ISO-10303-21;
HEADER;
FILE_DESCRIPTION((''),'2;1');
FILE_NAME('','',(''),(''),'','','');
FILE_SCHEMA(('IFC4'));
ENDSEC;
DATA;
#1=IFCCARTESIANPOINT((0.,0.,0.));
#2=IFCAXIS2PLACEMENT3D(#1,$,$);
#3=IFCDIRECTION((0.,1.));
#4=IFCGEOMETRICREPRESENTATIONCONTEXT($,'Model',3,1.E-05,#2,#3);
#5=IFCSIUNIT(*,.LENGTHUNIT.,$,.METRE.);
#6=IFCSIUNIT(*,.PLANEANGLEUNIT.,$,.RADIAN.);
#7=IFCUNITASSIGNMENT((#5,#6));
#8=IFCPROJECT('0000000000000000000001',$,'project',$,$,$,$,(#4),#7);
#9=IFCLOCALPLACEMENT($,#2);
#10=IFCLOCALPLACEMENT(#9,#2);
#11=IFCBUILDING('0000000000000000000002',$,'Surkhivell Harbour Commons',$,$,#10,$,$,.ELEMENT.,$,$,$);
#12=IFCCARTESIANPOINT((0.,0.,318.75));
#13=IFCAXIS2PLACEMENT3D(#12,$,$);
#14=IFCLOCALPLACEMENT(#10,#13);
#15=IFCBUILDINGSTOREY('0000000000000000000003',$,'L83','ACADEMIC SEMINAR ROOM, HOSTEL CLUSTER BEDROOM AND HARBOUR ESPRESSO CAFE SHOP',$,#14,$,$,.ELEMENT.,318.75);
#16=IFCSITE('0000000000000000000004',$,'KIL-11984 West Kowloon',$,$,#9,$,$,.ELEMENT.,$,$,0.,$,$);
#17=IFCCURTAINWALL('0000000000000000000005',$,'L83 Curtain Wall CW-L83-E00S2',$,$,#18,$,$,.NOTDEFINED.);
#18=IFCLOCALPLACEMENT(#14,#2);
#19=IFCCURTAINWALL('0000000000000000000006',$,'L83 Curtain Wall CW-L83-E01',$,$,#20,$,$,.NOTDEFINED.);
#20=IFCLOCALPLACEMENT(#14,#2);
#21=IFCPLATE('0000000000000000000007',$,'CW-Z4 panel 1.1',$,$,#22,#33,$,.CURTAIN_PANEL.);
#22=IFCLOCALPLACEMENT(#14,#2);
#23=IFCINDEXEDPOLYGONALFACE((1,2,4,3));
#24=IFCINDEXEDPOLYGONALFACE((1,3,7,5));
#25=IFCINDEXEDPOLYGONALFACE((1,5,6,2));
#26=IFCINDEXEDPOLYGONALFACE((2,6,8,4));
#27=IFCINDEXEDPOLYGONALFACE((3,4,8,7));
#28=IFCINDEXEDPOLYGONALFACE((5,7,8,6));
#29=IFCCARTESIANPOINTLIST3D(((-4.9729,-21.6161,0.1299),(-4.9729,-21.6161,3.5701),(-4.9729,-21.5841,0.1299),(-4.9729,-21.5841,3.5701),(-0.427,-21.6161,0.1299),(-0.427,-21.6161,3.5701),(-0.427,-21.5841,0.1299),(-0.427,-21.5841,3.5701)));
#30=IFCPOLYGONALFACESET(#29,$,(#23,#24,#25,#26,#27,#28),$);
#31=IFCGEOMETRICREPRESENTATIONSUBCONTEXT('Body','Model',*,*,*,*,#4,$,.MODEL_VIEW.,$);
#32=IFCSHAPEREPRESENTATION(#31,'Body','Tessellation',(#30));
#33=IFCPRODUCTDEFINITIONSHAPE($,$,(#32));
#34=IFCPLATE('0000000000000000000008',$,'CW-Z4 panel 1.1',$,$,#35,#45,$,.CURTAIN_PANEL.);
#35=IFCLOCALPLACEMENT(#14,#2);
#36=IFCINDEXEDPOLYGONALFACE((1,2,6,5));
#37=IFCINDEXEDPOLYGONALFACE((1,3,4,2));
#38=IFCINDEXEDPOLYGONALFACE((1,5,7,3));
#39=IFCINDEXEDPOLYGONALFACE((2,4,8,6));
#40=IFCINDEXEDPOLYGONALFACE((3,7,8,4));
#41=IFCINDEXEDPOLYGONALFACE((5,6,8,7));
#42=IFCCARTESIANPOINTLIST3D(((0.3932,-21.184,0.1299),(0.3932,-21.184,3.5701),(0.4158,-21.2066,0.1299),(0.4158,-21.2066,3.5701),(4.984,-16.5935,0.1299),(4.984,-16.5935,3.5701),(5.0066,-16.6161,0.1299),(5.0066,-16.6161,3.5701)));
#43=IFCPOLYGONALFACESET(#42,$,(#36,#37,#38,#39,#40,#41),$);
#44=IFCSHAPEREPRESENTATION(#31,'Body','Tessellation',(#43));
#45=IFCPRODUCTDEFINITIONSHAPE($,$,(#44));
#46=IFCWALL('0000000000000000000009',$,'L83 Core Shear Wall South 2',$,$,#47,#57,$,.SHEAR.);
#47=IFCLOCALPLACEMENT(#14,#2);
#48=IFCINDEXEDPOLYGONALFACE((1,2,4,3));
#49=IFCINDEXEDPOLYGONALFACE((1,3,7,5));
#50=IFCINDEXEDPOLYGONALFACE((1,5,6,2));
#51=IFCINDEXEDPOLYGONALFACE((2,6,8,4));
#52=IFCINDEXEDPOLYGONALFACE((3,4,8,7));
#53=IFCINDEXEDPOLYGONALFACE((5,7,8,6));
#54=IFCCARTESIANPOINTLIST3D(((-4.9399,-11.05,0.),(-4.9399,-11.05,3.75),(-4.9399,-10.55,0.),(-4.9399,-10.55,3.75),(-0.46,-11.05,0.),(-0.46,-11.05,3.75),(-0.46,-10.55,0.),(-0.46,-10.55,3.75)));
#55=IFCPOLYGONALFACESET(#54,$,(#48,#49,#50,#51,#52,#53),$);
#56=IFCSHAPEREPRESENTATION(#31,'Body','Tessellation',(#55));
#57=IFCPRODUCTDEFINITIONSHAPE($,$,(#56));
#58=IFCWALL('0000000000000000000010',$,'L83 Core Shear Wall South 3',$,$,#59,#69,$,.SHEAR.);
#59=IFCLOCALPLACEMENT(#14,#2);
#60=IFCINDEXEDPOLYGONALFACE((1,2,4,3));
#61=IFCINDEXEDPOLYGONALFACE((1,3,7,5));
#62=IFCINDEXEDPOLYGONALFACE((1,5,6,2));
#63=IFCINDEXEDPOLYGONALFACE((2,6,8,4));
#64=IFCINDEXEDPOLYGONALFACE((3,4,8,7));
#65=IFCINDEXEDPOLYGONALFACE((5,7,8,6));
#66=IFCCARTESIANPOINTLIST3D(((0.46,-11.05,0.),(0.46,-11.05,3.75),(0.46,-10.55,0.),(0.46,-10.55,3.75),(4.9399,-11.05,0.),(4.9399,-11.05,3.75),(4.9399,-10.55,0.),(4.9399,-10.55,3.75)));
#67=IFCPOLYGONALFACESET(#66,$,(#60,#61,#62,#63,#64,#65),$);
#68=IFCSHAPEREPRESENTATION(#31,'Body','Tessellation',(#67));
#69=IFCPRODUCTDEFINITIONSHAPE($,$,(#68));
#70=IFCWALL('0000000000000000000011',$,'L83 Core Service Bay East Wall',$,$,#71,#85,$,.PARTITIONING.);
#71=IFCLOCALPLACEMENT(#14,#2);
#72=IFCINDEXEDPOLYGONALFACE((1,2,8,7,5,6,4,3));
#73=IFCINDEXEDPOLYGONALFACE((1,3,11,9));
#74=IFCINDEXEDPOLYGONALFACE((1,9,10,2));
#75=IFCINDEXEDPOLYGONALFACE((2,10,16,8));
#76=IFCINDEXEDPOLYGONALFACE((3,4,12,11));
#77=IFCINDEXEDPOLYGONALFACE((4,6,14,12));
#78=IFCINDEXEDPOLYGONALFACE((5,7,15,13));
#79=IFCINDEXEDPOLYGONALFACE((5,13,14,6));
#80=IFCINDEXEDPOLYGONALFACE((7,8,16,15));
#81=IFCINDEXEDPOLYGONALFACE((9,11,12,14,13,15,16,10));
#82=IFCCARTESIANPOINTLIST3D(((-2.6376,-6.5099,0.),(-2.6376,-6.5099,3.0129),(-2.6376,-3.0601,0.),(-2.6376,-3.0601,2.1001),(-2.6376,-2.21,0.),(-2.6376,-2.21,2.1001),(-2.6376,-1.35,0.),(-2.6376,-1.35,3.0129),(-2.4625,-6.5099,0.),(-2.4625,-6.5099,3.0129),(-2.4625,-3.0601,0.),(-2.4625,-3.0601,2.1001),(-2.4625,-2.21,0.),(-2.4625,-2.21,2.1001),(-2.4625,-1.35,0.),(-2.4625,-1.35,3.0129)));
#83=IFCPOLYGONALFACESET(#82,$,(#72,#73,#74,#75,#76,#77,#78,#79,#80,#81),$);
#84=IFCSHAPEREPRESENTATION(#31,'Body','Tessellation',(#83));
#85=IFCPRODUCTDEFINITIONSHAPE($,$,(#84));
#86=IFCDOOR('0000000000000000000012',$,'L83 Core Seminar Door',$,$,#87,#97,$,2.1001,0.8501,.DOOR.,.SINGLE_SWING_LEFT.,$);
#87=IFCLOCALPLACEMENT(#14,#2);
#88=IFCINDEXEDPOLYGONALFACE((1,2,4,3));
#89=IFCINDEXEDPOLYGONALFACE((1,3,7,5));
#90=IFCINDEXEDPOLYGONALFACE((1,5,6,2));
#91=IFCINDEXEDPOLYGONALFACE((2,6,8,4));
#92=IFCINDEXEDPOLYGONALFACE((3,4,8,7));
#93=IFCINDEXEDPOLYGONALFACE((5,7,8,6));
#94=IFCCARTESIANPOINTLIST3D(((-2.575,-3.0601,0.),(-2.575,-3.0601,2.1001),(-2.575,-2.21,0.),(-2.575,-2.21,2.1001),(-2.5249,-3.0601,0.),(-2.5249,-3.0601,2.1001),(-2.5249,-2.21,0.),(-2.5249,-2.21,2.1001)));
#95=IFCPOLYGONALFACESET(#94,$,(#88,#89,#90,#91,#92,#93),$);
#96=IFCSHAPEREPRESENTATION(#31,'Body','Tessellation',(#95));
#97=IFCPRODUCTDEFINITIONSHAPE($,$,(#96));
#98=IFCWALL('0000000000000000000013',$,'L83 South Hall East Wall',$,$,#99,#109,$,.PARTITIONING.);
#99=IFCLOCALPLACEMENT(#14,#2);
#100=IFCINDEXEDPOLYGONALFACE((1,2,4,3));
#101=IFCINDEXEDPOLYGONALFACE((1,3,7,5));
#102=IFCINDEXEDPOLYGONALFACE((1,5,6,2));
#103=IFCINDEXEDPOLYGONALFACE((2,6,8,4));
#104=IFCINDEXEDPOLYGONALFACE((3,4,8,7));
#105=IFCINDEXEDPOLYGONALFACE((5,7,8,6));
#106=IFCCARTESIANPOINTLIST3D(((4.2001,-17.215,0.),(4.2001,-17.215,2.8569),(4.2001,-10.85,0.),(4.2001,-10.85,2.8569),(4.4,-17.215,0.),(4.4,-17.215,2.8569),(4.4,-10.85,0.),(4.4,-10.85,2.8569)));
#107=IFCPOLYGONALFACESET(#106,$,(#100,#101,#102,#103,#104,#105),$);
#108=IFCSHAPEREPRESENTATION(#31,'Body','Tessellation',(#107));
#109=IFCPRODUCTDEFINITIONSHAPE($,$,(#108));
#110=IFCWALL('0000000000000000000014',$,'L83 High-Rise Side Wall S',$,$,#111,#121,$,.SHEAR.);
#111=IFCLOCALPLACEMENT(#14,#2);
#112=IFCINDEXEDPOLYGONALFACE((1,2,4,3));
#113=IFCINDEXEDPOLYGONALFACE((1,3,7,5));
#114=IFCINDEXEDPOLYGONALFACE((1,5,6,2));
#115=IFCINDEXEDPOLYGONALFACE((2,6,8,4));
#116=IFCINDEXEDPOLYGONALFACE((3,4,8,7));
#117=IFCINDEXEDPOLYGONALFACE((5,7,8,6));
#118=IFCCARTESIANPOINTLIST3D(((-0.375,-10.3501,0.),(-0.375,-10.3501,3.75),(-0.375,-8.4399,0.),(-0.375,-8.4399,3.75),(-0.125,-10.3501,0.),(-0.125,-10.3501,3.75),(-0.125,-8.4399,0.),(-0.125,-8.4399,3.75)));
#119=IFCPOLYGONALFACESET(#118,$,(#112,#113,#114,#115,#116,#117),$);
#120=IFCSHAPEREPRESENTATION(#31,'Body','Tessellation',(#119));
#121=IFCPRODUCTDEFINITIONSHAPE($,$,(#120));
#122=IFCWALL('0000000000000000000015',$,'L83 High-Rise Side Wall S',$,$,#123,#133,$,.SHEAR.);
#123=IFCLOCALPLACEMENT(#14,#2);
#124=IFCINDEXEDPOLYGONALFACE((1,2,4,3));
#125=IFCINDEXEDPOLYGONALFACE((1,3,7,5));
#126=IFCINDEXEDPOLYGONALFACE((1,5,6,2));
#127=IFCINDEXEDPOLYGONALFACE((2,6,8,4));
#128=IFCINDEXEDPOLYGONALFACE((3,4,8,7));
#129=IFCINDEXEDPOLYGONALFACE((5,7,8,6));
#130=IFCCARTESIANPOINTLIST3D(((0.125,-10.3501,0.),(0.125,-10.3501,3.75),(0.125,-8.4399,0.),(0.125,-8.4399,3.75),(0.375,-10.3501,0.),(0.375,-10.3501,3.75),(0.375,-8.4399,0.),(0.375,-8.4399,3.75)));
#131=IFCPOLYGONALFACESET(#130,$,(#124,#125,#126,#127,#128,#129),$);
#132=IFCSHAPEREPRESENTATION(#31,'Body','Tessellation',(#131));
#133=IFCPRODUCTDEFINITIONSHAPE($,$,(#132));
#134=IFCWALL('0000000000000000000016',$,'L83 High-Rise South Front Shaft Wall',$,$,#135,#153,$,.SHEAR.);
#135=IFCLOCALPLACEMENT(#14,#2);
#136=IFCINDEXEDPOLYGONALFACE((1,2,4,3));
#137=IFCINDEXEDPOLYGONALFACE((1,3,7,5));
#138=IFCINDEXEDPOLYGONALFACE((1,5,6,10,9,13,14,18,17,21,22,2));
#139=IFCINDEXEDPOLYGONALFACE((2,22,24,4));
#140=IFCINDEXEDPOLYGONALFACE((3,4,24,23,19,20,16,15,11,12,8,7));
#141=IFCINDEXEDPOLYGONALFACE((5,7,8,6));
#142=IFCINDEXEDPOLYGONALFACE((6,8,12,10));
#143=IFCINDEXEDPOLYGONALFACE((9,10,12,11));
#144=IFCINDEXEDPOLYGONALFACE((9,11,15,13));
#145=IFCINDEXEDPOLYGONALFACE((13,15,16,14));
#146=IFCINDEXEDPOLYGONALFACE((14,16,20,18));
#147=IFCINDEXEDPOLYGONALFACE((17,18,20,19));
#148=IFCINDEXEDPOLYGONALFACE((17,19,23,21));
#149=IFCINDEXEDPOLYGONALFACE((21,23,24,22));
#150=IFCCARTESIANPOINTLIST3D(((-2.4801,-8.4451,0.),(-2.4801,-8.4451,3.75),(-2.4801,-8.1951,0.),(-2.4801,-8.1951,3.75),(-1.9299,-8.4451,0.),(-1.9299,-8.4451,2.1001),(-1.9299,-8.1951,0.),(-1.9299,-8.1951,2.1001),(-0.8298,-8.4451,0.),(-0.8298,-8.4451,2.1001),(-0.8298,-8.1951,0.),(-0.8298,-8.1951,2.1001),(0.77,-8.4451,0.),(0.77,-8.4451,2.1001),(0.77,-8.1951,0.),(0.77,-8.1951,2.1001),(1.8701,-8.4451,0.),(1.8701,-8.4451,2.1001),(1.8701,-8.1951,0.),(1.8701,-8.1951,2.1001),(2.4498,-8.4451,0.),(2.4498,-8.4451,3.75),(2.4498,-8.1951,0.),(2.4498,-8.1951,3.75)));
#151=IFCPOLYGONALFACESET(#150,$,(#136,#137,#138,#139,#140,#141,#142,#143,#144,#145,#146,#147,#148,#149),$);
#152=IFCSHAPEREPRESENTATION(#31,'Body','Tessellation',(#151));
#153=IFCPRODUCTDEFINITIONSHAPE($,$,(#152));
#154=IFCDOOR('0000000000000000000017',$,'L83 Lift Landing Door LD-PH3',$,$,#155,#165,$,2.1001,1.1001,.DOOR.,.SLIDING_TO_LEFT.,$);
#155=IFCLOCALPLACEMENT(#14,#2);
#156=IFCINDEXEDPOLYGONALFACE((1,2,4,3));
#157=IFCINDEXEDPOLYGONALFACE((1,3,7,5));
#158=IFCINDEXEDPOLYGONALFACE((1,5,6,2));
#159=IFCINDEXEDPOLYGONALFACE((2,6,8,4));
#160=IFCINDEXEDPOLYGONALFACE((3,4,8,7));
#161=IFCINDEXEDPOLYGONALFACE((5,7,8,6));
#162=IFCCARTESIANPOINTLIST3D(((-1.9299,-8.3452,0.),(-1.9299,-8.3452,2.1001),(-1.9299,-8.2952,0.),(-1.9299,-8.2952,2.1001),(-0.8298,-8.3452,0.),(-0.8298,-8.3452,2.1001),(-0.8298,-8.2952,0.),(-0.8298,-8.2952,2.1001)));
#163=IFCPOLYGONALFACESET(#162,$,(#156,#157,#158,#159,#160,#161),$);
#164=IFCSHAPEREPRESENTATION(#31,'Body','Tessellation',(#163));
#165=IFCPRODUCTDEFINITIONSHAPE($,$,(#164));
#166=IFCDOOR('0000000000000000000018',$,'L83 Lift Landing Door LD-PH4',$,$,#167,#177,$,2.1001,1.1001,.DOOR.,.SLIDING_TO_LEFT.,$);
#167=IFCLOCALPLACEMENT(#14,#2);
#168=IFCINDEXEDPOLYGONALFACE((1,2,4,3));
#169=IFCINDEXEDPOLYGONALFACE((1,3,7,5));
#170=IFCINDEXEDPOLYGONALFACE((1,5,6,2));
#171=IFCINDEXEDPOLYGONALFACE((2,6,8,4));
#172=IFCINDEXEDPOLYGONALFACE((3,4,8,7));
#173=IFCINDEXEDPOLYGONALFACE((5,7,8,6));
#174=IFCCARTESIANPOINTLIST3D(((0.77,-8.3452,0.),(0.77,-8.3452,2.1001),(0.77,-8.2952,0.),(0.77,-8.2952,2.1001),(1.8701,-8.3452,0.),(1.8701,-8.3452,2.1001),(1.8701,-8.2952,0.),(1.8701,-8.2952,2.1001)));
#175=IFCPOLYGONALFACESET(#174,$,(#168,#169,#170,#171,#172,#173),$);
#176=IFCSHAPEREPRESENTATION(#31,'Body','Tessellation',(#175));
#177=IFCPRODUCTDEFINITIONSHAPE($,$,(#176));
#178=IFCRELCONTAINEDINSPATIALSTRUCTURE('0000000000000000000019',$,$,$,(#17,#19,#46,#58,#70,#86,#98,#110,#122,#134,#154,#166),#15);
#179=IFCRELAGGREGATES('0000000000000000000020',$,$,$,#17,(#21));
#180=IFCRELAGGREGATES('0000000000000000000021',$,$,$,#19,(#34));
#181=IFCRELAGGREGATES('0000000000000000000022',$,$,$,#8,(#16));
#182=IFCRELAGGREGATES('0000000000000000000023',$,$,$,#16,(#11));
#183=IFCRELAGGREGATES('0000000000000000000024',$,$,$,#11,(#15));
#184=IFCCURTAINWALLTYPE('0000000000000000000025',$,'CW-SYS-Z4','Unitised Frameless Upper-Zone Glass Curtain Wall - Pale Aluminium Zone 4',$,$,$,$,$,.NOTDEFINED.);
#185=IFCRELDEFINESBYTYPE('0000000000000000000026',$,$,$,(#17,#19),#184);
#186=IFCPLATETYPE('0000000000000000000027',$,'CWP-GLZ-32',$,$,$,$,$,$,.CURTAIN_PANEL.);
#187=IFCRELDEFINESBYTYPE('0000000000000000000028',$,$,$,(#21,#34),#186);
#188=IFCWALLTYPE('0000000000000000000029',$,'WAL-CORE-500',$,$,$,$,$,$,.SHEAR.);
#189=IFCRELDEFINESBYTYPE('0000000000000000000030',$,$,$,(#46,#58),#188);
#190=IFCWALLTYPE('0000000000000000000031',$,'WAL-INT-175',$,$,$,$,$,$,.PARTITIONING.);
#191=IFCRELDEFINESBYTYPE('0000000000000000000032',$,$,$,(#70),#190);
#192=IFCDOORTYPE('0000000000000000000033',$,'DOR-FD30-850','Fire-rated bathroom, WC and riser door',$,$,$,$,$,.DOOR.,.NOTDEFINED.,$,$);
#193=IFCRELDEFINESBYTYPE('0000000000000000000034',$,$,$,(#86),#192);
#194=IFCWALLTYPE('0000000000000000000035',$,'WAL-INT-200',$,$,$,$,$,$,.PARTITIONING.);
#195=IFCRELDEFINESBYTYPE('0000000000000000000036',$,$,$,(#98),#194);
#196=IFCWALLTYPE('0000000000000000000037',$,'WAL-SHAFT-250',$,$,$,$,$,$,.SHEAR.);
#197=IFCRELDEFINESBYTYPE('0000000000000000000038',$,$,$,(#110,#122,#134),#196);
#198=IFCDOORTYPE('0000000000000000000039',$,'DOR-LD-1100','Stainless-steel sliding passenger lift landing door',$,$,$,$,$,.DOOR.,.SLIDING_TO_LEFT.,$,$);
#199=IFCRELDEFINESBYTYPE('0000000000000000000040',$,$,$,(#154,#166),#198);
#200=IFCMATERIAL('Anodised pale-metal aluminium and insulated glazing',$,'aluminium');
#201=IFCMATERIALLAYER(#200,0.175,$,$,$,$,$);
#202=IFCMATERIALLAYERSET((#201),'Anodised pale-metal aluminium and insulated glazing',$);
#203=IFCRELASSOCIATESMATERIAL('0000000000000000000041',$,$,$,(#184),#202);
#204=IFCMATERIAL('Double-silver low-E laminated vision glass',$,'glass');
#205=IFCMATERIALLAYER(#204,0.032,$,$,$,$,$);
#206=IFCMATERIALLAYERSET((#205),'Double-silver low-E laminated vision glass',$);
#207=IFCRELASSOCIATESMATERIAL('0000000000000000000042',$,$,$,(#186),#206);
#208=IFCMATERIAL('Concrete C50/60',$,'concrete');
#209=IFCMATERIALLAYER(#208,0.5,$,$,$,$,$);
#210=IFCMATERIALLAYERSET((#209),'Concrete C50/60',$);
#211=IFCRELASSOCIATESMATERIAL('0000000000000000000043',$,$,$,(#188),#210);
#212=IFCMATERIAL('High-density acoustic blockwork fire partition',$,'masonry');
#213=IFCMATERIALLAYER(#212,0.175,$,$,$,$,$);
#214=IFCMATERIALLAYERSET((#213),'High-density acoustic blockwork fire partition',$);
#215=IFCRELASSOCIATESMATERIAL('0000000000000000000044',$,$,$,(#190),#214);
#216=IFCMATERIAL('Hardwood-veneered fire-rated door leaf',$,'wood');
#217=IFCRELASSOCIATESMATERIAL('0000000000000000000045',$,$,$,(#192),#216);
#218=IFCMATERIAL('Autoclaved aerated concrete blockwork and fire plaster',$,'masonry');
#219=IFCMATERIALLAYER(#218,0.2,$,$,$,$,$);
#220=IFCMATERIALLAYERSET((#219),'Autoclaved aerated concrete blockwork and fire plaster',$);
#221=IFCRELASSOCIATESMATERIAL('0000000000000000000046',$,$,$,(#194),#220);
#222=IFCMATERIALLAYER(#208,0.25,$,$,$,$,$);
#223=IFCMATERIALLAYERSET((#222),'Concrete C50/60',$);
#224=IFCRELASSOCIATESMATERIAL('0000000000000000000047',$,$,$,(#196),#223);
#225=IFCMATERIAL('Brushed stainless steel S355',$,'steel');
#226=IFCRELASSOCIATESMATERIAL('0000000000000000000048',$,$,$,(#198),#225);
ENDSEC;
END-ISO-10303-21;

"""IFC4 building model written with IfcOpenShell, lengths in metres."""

from ifc_helpers import new_model, si_unit, direction, frame, frame_2d, origin, place, context, subcontext, project, spatial, rectangle, extrude, material, layer, layer_set, type_object, element, fill, aggregate, save


model = new_model("IFC4")

# Units and contexts
model_context = context("Model", 3, precision=1e-05, world=origin(), true_north=direction((0.0, 1.0)))
body_context = subcontext(model_context, "Body", "Model", "MODEL_VIEW")
ifc_project = project(units=[si_unit("LENGTHUNIT", "METRE"), si_unit("PLANEANGLEUNIT", "RADIAN")], contexts=[model_context])

# Site, building, storey
site_placement = place(None, origin())
site = spatial("IfcSite", under=ifc_project, at=site_placement, Name="KIL-11984 West Kowloon", CompositionType="ELEMENT", RefElevation=0.0)
building_placement = place(site_placement, origin())
building = spatial("IfcBuilding", under=site, at=building_placement, Name="Surkhivell Harbour Commons", CompositionType="ELEMENT")
storey_placement = place(building_placement, frame((0.0, 0.0, 318.75)))
storey = spatial("IfcBuildingStorey", under=building, at=storey_placement, Name="L83", Description="ACADEMIC SEMINAR ROOM, HOSTEL CLUSTER BEDROOM AND HARBOUR ESPRESSO CAFE SHOP", CompositionType="ELEMENT", Elevation=318.75)

# Shared definitions
ifc_material_1 = material(Name="Concrete C50/60", Category="concrete")

# Curtain wall
ifc_material_2 = material(Name="Anodised pale-metal aluminium and insulated glazing", Category="aluminium")
ifc_layer_1 = layer(ifc_material_2, 0.175)
ifc_layer_set_1 = layer_set([ifc_layer_1], Name="Anodised pale-metal aluminium and insulated glazing")
curtain_wall_type = type_object("IfcCurtainWallType", Name="CW-SYS-Z4", Description="Unitised Frameless Upper-Zone Glass Curtain Wall - Pale Aluminium Zone 4", PredefinedType="NOTDEFINED", material=ifc_layer_set_1)
curtain_wall_1_placement = place(storey_placement, origin())
curtain_wall_1 = element("IfcCurtainWall", 1, at=curtain_wall_1_placement, inside=storey, type_object=curtain_wall_type, Name="L83 Curtain Wall CW-L83-E00S2", PredefinedType="NOTDEFINED")

# Curtain wall
curtain_wall_2_placement = place(storey_placement, origin())
curtain_wall_2 = element("IfcCurtainWall", 2, at=curtain_wall_2_placement, inside=storey, type_object=curtain_wall_type, Name="L83 Curtain Wall CW-L83-E01", PredefinedType="NOTDEFINED")

# Plates
ifc_material_3 = material(Name="Double-silver low-E laminated vision glass", Category="glass")
ifc_layer_2 = layer(ifc_material_3, 0.032)
ifc_layer_set_2 = layer_set([ifc_layer_2], Name="Double-silver low-E laminated vision glass")
plate_type = type_object("IfcPlateType", Name="CWP-GLZ-32", PredefinedType="CURTAIN_PANEL", material=ifc_layer_set_2)
plate_1_placement = place(storey_placement, frame((-4.9729, -21.6001, 0.1299), z_axis=(0.0, 0.0, 1.0), x_axis=(1.0, 0.0, 0.0)))
plate_1 = element("IfcPlate", 3, at=plate_1_placement, type_object=plate_type, Name="CW-Z4 panel 1.1", PredefinedType="CURTAIN_PANEL", context=body_context, shape_type="SweptSolid", body=[
    extrude(rectangle(XDim=4.5459, YDim=0.032, at=frame_2d((2.2729, 0.0))), origin(), (0.0, 0.0, 1.0), 3.4402),
])
aggregate(curtain_wall_1, [plate_1])
plate_2_placement = place(storey_placement, frame((0.4045, -21.1953, 0.1299), z_axis=(0.0, 0.0, 1.0), x_axis=(0.707126, 0.707088, 0.0)))
plate_2 = element("IfcPlate", 4, at=plate_2_placement, type_object=plate_type, Name="CW-Z4 panel 1.1", PredefinedType="CURTAIN_PANEL", context=body_context, shape_type="SweptSolid", body=[
    extrude(rectangle(XDim=6.4922, YDim=0.032, at=frame_2d((3.2461, 0.0))), origin(), (0.0, 0.0, 1.0), 3.4402),
])
aggregate(curtain_wall_2, [plate_2])

# Walls
ifc_layer_3 = layer(ifc_material_1, 0.5)
ifc_layer_set_3 = layer_set([ifc_layer_3], Name="Concrete C50/60")
wall_type_1 = type_object("IfcWallType", Name="WAL-CORE-500", PredefinedType="SHEAR", material=ifc_layer_set_3)
for number, where, z_axis, x_axis, name in (
    (5, (-4.9399, -10.8, 0.0), (0.0, 0.0, 1.0), (1.0, 0.0, 0.0), "L83 Core Shear Wall South 2"),
    (6, (0.46, -10.8, 0.0), (0.0, 0.0, 1.0), (1.0, 0.0, 0.0), "L83 Core Shear Wall South 3"),
):
    element("IfcWall", number, at=place(storey_placement, frame(where, z_axis=z_axis, x_axis=x_axis)), inside=storey, type_object=wall_type_1, Name=name, PredefinedType="SHEAR", context=body_context, shape_type="SweptSolid", body=[
        extrude(rectangle(XDim=4.48, YDim=0.5, at=frame_2d((2.24, 0.0))), origin(), (0.0, 0.0, 1.0), 3.75),
    ])

# Wall, opening, door
ifc_material_4 = material(Name="High-density acoustic blockwork fire partition", Category="masonry")
ifc_layer_4 = layer(ifc_material_4, 0.175)
ifc_layer_set_4 = layer_set([ifc_layer_4], Name="High-density acoustic blockwork fire partition")
wall_type_2 = type_object("IfcWallType", Name="WAL-INT-175", PredefinedType="PARTITIONING", material=ifc_layer_set_4)
wall_1_placement = place(storey_placement, frame((-2.55, -6.51, 0.0), z_axis=(0.0, 0.0, 1.0), x_axis=(0.0, 1.0, 0.0)))
wall_1 = element("IfcWall", 7, at=wall_1_placement, inside=storey, type_object=wall_type_2, Name="L83 Core Service Bay East Wall", PredefinedType="PARTITIONING", context=body_context, shape_type="SweptSolid", body=[
    extrude(rectangle(XDim=5.1599, YDim=0.175, at=frame_2d((2.5801, 0.0))), origin(), (0.0, 0.0, 1.0), 3.0129),
])
opening_1_placement = place(wall_1_placement, frame((3.45, 0.0, 0.0)))
opening_1 = element("IfcOpeningElement", 8, at=opening_1_placement, cuts=wall_1, PredefinedType="OPENING", context=body_context, shape_type="SweptSolid", body=[
    extrude(rectangle(XDim=0.8501, YDim=2.1001, at=frame_2d((0.425, 1.05))), frame((0.0, 0.0974, 0.0), z_axis=(0.0, -1.0, 0.0), x_axis=(1.0, 0.0, 0.0)), (0.0, 0.0, 1.0), 0.1951),
])
ifc_material_5 = material(Name="Hardwood-veneered fire-rated door leaf", Category="wood")
door_type_1 = type_object("IfcDoorType", Name="DOR-FD30-850", Description="Fire-rated bathroom, WC and riser door", OperationType="NOTDEFINED", PredefinedType="DOOR", material=ifc_material_5)
door_1_placement = place(opening_1_placement, origin())
door_1 = element("IfcDoor", 9, at=door_1_placement, inside=storey, type_object=door_type_1, Name="L83 Core Seminar Door", OperationType="SINGLE_SWING_LEFT", OverallHeight=2.1001, OverallWidth=0.8501, PredefinedType="DOOR", context=body_context, shape_type="SweptSolid", body=[
    extrude(rectangle(XDim=0.8501, YDim=2.1001, at=frame_2d((0.425, 1.05))), frame((0.0, 0.0249, 0.0), z_axis=(0.0, -1.0, 0.0), x_axis=(1.0, 0.0, 0.0)), (0.0, 0.0, 1.0), 0.05),
])
fill(opening_1, door_1)

# Walls
ifc_material_6 = material(Name="Autoclaved aerated concrete blockwork and fire plaster", Category="masonry")
ifc_layer_5 = layer(ifc_material_6, 0.2)
ifc_layer_set_5 = layer_set([ifc_layer_5], Name="Autoclaved aerated concrete blockwork and fire plaster")
wall_type_3 = type_object("IfcWallType", Name="WAL-INT-200", PredefinedType="PARTITIONING", material=ifc_layer_set_5)
wall_2_placement = place(storey_placement, frame((4.3, -17.2151, 0.0), z_axis=(0.0, 0.0, 1.0), x_axis=(0.0, 1.0, 0.0)))
element("IfcWall", 10, at=wall_2_placement, inside=storey, type_object=wall_type_3, Name="L83 South Hall East Wall", PredefinedType="PARTITIONING", context=body_context, shape_type="SweptSolid", body=[
    extrude(rectangle(XDim=6.365, YDim=0.2, at=frame_2d((3.1826, 0.0))), origin(), (0.0, 0.0, 1.0), 2.8569),
])
ifc_layer_6 = layer(ifc_material_1, 0.25)
ifc_layer_set_6 = layer_set([ifc_layer_6], Name="Concrete C50/60")
wall_type_4 = type_object("IfcWallType", Name="WAL-SHAFT-250", PredefinedType="SHEAR", material=ifc_layer_set_6)
for number, where, z_axis, x_axis, name in (
    (11, (-0.25, -10.3501, 0.0), (0.0, 0.0, 1.0), (0.0, 1.0, 0.0), "L83 High-Rise Side Wall S"),
    (12, (0.25, -10.3501, 0.0), (0.0, 0.0, 1.0), (0.0, 1.0, 0.0), "L83 High-Rise Side Wall S"),
):
    element("IfcWall", number, at=place(storey_placement, frame(where, z_axis=z_axis, x_axis=x_axis)), inside=storey, type_object=wall_type_4, Name=name, PredefinedType="SHEAR", context=body_context, shape_type="SweptSolid", body=[
        extrude(rectangle(XDim=1.9102, YDim=0.25, at=frame_2d((0.9551, 0.0))), origin(), (0.0, 0.0, 1.0), 3.75),
    ])

# Wall, openings, doors
wall_3_placement = place(storey_placement, frame((-2.48, -8.3201, 0.0), z_axis=(0.0, 0.0, 1.0), x_axis=(1.0, 0.0, 0.0)))
wall_3 = element("IfcWall", 13, at=wall_3_placement, inside=storey, type_object=wall_type_4, Name="L83 High-Rise South Front Shaft Wall", PredefinedType="SHEAR", context=body_context, shape_type="SweptSolid", body=[
    extrude(rectangle(XDim=4.9299, YDim=0.25, at=frame_2d((2.4648, 0.0))), origin(), (0.0, 0.0, 1.0), 3.75),
])
opening_2_placement = place(wall_3_placement, frame((0.55, 0.0, 0.0)))
opening_2 = element("IfcOpeningElement", 14, at=opening_2_placement, cuts=wall_3, PredefinedType="OPENING", context=body_context, shape_type="SweptSolid", body=[
    extrude(rectangle(XDim=1.1001, YDim=2.1001, at=frame_2d((0.55, 1.05))), frame((0.0, 0.135, 0.0), z_axis=(0.0, -1.0, 0.0), x_axis=(1.0, 0.0, 0.0)), (0.0, 0.0, 1.0), 0.27),
])
opening_3_placement = place(wall_3_placement, frame((3.25, 0.0, 0.0)))
opening_3 = element("IfcOpeningElement", 15, at=opening_3_placement, cuts=wall_3, PredefinedType="OPENING", context=body_context, shape_type="SweptSolid", body=[
    extrude(rectangle(XDim=1.1001, YDim=2.1001, at=frame_2d((0.55, 1.05))), frame((0.0, 0.135, 0.0), z_axis=(0.0, -1.0, 0.0), x_axis=(1.0, 0.0, 0.0)), (0.0, 0.0, 1.0), 0.27),
])
ifc_material_7 = material(Name="Brushed stainless steel S355", Category="steel")
door_type_2 = type_object("IfcDoorType", Name="DOR-LD-1100", Description="Stainless-steel sliding passenger lift landing door", OperationType="SLIDING_TO_LEFT", PredefinedType="DOOR", material=ifc_material_7)
door_2_placement = place(opening_2_placement, origin())
door_2 = element("IfcDoor", 16, at=door_2_placement, inside=storey, type_object=door_type_2, Name="L83 Lift Landing Door LD-PH3", OperationType="SLIDING_TO_LEFT", OverallHeight=2.1001, OverallWidth=1.1001, PredefinedType="DOOR", context=body_context, shape_type="SweptSolid", body=[
    extrude(rectangle(XDim=1.1001, YDim=2.1001, at=frame_2d((0.55, 1.05))), frame((0.0, 0.0249, 0.0), z_axis=(0.0, -1.0, 0.0), x_axis=(1.0, 0.0, 0.0)), (0.0, 0.0, 1.0), 0.05),
])
fill(opening_2, door_2)
door_3_placement = place(opening_3_placement, origin())
door_3 = element("IfcDoor", 17, at=door_3_placement, inside=storey, type_object=door_type_2, Name="L83 Lift Landing Door LD-PH4", OperationType="SLIDING_TO_LEFT", OverallHeight=2.1001, OverallWidth=1.1001, PredefinedType="DOOR", context=body_context, shape_type="SweptSolid", body=[
    extrude(rectangle(XDim=1.1001, YDim=2.1001, at=frame_2d((0.55, 1.05))), frame((0.0, 0.0249, 0.0), z_axis=(0.0, -1.0, 0.0), x_axis=(1.0, 0.0, 0.0)), (0.0, 0.0, 1.0), 0.05),
])
fill(opening_3, door_3)

save(model, "model.ifc")
